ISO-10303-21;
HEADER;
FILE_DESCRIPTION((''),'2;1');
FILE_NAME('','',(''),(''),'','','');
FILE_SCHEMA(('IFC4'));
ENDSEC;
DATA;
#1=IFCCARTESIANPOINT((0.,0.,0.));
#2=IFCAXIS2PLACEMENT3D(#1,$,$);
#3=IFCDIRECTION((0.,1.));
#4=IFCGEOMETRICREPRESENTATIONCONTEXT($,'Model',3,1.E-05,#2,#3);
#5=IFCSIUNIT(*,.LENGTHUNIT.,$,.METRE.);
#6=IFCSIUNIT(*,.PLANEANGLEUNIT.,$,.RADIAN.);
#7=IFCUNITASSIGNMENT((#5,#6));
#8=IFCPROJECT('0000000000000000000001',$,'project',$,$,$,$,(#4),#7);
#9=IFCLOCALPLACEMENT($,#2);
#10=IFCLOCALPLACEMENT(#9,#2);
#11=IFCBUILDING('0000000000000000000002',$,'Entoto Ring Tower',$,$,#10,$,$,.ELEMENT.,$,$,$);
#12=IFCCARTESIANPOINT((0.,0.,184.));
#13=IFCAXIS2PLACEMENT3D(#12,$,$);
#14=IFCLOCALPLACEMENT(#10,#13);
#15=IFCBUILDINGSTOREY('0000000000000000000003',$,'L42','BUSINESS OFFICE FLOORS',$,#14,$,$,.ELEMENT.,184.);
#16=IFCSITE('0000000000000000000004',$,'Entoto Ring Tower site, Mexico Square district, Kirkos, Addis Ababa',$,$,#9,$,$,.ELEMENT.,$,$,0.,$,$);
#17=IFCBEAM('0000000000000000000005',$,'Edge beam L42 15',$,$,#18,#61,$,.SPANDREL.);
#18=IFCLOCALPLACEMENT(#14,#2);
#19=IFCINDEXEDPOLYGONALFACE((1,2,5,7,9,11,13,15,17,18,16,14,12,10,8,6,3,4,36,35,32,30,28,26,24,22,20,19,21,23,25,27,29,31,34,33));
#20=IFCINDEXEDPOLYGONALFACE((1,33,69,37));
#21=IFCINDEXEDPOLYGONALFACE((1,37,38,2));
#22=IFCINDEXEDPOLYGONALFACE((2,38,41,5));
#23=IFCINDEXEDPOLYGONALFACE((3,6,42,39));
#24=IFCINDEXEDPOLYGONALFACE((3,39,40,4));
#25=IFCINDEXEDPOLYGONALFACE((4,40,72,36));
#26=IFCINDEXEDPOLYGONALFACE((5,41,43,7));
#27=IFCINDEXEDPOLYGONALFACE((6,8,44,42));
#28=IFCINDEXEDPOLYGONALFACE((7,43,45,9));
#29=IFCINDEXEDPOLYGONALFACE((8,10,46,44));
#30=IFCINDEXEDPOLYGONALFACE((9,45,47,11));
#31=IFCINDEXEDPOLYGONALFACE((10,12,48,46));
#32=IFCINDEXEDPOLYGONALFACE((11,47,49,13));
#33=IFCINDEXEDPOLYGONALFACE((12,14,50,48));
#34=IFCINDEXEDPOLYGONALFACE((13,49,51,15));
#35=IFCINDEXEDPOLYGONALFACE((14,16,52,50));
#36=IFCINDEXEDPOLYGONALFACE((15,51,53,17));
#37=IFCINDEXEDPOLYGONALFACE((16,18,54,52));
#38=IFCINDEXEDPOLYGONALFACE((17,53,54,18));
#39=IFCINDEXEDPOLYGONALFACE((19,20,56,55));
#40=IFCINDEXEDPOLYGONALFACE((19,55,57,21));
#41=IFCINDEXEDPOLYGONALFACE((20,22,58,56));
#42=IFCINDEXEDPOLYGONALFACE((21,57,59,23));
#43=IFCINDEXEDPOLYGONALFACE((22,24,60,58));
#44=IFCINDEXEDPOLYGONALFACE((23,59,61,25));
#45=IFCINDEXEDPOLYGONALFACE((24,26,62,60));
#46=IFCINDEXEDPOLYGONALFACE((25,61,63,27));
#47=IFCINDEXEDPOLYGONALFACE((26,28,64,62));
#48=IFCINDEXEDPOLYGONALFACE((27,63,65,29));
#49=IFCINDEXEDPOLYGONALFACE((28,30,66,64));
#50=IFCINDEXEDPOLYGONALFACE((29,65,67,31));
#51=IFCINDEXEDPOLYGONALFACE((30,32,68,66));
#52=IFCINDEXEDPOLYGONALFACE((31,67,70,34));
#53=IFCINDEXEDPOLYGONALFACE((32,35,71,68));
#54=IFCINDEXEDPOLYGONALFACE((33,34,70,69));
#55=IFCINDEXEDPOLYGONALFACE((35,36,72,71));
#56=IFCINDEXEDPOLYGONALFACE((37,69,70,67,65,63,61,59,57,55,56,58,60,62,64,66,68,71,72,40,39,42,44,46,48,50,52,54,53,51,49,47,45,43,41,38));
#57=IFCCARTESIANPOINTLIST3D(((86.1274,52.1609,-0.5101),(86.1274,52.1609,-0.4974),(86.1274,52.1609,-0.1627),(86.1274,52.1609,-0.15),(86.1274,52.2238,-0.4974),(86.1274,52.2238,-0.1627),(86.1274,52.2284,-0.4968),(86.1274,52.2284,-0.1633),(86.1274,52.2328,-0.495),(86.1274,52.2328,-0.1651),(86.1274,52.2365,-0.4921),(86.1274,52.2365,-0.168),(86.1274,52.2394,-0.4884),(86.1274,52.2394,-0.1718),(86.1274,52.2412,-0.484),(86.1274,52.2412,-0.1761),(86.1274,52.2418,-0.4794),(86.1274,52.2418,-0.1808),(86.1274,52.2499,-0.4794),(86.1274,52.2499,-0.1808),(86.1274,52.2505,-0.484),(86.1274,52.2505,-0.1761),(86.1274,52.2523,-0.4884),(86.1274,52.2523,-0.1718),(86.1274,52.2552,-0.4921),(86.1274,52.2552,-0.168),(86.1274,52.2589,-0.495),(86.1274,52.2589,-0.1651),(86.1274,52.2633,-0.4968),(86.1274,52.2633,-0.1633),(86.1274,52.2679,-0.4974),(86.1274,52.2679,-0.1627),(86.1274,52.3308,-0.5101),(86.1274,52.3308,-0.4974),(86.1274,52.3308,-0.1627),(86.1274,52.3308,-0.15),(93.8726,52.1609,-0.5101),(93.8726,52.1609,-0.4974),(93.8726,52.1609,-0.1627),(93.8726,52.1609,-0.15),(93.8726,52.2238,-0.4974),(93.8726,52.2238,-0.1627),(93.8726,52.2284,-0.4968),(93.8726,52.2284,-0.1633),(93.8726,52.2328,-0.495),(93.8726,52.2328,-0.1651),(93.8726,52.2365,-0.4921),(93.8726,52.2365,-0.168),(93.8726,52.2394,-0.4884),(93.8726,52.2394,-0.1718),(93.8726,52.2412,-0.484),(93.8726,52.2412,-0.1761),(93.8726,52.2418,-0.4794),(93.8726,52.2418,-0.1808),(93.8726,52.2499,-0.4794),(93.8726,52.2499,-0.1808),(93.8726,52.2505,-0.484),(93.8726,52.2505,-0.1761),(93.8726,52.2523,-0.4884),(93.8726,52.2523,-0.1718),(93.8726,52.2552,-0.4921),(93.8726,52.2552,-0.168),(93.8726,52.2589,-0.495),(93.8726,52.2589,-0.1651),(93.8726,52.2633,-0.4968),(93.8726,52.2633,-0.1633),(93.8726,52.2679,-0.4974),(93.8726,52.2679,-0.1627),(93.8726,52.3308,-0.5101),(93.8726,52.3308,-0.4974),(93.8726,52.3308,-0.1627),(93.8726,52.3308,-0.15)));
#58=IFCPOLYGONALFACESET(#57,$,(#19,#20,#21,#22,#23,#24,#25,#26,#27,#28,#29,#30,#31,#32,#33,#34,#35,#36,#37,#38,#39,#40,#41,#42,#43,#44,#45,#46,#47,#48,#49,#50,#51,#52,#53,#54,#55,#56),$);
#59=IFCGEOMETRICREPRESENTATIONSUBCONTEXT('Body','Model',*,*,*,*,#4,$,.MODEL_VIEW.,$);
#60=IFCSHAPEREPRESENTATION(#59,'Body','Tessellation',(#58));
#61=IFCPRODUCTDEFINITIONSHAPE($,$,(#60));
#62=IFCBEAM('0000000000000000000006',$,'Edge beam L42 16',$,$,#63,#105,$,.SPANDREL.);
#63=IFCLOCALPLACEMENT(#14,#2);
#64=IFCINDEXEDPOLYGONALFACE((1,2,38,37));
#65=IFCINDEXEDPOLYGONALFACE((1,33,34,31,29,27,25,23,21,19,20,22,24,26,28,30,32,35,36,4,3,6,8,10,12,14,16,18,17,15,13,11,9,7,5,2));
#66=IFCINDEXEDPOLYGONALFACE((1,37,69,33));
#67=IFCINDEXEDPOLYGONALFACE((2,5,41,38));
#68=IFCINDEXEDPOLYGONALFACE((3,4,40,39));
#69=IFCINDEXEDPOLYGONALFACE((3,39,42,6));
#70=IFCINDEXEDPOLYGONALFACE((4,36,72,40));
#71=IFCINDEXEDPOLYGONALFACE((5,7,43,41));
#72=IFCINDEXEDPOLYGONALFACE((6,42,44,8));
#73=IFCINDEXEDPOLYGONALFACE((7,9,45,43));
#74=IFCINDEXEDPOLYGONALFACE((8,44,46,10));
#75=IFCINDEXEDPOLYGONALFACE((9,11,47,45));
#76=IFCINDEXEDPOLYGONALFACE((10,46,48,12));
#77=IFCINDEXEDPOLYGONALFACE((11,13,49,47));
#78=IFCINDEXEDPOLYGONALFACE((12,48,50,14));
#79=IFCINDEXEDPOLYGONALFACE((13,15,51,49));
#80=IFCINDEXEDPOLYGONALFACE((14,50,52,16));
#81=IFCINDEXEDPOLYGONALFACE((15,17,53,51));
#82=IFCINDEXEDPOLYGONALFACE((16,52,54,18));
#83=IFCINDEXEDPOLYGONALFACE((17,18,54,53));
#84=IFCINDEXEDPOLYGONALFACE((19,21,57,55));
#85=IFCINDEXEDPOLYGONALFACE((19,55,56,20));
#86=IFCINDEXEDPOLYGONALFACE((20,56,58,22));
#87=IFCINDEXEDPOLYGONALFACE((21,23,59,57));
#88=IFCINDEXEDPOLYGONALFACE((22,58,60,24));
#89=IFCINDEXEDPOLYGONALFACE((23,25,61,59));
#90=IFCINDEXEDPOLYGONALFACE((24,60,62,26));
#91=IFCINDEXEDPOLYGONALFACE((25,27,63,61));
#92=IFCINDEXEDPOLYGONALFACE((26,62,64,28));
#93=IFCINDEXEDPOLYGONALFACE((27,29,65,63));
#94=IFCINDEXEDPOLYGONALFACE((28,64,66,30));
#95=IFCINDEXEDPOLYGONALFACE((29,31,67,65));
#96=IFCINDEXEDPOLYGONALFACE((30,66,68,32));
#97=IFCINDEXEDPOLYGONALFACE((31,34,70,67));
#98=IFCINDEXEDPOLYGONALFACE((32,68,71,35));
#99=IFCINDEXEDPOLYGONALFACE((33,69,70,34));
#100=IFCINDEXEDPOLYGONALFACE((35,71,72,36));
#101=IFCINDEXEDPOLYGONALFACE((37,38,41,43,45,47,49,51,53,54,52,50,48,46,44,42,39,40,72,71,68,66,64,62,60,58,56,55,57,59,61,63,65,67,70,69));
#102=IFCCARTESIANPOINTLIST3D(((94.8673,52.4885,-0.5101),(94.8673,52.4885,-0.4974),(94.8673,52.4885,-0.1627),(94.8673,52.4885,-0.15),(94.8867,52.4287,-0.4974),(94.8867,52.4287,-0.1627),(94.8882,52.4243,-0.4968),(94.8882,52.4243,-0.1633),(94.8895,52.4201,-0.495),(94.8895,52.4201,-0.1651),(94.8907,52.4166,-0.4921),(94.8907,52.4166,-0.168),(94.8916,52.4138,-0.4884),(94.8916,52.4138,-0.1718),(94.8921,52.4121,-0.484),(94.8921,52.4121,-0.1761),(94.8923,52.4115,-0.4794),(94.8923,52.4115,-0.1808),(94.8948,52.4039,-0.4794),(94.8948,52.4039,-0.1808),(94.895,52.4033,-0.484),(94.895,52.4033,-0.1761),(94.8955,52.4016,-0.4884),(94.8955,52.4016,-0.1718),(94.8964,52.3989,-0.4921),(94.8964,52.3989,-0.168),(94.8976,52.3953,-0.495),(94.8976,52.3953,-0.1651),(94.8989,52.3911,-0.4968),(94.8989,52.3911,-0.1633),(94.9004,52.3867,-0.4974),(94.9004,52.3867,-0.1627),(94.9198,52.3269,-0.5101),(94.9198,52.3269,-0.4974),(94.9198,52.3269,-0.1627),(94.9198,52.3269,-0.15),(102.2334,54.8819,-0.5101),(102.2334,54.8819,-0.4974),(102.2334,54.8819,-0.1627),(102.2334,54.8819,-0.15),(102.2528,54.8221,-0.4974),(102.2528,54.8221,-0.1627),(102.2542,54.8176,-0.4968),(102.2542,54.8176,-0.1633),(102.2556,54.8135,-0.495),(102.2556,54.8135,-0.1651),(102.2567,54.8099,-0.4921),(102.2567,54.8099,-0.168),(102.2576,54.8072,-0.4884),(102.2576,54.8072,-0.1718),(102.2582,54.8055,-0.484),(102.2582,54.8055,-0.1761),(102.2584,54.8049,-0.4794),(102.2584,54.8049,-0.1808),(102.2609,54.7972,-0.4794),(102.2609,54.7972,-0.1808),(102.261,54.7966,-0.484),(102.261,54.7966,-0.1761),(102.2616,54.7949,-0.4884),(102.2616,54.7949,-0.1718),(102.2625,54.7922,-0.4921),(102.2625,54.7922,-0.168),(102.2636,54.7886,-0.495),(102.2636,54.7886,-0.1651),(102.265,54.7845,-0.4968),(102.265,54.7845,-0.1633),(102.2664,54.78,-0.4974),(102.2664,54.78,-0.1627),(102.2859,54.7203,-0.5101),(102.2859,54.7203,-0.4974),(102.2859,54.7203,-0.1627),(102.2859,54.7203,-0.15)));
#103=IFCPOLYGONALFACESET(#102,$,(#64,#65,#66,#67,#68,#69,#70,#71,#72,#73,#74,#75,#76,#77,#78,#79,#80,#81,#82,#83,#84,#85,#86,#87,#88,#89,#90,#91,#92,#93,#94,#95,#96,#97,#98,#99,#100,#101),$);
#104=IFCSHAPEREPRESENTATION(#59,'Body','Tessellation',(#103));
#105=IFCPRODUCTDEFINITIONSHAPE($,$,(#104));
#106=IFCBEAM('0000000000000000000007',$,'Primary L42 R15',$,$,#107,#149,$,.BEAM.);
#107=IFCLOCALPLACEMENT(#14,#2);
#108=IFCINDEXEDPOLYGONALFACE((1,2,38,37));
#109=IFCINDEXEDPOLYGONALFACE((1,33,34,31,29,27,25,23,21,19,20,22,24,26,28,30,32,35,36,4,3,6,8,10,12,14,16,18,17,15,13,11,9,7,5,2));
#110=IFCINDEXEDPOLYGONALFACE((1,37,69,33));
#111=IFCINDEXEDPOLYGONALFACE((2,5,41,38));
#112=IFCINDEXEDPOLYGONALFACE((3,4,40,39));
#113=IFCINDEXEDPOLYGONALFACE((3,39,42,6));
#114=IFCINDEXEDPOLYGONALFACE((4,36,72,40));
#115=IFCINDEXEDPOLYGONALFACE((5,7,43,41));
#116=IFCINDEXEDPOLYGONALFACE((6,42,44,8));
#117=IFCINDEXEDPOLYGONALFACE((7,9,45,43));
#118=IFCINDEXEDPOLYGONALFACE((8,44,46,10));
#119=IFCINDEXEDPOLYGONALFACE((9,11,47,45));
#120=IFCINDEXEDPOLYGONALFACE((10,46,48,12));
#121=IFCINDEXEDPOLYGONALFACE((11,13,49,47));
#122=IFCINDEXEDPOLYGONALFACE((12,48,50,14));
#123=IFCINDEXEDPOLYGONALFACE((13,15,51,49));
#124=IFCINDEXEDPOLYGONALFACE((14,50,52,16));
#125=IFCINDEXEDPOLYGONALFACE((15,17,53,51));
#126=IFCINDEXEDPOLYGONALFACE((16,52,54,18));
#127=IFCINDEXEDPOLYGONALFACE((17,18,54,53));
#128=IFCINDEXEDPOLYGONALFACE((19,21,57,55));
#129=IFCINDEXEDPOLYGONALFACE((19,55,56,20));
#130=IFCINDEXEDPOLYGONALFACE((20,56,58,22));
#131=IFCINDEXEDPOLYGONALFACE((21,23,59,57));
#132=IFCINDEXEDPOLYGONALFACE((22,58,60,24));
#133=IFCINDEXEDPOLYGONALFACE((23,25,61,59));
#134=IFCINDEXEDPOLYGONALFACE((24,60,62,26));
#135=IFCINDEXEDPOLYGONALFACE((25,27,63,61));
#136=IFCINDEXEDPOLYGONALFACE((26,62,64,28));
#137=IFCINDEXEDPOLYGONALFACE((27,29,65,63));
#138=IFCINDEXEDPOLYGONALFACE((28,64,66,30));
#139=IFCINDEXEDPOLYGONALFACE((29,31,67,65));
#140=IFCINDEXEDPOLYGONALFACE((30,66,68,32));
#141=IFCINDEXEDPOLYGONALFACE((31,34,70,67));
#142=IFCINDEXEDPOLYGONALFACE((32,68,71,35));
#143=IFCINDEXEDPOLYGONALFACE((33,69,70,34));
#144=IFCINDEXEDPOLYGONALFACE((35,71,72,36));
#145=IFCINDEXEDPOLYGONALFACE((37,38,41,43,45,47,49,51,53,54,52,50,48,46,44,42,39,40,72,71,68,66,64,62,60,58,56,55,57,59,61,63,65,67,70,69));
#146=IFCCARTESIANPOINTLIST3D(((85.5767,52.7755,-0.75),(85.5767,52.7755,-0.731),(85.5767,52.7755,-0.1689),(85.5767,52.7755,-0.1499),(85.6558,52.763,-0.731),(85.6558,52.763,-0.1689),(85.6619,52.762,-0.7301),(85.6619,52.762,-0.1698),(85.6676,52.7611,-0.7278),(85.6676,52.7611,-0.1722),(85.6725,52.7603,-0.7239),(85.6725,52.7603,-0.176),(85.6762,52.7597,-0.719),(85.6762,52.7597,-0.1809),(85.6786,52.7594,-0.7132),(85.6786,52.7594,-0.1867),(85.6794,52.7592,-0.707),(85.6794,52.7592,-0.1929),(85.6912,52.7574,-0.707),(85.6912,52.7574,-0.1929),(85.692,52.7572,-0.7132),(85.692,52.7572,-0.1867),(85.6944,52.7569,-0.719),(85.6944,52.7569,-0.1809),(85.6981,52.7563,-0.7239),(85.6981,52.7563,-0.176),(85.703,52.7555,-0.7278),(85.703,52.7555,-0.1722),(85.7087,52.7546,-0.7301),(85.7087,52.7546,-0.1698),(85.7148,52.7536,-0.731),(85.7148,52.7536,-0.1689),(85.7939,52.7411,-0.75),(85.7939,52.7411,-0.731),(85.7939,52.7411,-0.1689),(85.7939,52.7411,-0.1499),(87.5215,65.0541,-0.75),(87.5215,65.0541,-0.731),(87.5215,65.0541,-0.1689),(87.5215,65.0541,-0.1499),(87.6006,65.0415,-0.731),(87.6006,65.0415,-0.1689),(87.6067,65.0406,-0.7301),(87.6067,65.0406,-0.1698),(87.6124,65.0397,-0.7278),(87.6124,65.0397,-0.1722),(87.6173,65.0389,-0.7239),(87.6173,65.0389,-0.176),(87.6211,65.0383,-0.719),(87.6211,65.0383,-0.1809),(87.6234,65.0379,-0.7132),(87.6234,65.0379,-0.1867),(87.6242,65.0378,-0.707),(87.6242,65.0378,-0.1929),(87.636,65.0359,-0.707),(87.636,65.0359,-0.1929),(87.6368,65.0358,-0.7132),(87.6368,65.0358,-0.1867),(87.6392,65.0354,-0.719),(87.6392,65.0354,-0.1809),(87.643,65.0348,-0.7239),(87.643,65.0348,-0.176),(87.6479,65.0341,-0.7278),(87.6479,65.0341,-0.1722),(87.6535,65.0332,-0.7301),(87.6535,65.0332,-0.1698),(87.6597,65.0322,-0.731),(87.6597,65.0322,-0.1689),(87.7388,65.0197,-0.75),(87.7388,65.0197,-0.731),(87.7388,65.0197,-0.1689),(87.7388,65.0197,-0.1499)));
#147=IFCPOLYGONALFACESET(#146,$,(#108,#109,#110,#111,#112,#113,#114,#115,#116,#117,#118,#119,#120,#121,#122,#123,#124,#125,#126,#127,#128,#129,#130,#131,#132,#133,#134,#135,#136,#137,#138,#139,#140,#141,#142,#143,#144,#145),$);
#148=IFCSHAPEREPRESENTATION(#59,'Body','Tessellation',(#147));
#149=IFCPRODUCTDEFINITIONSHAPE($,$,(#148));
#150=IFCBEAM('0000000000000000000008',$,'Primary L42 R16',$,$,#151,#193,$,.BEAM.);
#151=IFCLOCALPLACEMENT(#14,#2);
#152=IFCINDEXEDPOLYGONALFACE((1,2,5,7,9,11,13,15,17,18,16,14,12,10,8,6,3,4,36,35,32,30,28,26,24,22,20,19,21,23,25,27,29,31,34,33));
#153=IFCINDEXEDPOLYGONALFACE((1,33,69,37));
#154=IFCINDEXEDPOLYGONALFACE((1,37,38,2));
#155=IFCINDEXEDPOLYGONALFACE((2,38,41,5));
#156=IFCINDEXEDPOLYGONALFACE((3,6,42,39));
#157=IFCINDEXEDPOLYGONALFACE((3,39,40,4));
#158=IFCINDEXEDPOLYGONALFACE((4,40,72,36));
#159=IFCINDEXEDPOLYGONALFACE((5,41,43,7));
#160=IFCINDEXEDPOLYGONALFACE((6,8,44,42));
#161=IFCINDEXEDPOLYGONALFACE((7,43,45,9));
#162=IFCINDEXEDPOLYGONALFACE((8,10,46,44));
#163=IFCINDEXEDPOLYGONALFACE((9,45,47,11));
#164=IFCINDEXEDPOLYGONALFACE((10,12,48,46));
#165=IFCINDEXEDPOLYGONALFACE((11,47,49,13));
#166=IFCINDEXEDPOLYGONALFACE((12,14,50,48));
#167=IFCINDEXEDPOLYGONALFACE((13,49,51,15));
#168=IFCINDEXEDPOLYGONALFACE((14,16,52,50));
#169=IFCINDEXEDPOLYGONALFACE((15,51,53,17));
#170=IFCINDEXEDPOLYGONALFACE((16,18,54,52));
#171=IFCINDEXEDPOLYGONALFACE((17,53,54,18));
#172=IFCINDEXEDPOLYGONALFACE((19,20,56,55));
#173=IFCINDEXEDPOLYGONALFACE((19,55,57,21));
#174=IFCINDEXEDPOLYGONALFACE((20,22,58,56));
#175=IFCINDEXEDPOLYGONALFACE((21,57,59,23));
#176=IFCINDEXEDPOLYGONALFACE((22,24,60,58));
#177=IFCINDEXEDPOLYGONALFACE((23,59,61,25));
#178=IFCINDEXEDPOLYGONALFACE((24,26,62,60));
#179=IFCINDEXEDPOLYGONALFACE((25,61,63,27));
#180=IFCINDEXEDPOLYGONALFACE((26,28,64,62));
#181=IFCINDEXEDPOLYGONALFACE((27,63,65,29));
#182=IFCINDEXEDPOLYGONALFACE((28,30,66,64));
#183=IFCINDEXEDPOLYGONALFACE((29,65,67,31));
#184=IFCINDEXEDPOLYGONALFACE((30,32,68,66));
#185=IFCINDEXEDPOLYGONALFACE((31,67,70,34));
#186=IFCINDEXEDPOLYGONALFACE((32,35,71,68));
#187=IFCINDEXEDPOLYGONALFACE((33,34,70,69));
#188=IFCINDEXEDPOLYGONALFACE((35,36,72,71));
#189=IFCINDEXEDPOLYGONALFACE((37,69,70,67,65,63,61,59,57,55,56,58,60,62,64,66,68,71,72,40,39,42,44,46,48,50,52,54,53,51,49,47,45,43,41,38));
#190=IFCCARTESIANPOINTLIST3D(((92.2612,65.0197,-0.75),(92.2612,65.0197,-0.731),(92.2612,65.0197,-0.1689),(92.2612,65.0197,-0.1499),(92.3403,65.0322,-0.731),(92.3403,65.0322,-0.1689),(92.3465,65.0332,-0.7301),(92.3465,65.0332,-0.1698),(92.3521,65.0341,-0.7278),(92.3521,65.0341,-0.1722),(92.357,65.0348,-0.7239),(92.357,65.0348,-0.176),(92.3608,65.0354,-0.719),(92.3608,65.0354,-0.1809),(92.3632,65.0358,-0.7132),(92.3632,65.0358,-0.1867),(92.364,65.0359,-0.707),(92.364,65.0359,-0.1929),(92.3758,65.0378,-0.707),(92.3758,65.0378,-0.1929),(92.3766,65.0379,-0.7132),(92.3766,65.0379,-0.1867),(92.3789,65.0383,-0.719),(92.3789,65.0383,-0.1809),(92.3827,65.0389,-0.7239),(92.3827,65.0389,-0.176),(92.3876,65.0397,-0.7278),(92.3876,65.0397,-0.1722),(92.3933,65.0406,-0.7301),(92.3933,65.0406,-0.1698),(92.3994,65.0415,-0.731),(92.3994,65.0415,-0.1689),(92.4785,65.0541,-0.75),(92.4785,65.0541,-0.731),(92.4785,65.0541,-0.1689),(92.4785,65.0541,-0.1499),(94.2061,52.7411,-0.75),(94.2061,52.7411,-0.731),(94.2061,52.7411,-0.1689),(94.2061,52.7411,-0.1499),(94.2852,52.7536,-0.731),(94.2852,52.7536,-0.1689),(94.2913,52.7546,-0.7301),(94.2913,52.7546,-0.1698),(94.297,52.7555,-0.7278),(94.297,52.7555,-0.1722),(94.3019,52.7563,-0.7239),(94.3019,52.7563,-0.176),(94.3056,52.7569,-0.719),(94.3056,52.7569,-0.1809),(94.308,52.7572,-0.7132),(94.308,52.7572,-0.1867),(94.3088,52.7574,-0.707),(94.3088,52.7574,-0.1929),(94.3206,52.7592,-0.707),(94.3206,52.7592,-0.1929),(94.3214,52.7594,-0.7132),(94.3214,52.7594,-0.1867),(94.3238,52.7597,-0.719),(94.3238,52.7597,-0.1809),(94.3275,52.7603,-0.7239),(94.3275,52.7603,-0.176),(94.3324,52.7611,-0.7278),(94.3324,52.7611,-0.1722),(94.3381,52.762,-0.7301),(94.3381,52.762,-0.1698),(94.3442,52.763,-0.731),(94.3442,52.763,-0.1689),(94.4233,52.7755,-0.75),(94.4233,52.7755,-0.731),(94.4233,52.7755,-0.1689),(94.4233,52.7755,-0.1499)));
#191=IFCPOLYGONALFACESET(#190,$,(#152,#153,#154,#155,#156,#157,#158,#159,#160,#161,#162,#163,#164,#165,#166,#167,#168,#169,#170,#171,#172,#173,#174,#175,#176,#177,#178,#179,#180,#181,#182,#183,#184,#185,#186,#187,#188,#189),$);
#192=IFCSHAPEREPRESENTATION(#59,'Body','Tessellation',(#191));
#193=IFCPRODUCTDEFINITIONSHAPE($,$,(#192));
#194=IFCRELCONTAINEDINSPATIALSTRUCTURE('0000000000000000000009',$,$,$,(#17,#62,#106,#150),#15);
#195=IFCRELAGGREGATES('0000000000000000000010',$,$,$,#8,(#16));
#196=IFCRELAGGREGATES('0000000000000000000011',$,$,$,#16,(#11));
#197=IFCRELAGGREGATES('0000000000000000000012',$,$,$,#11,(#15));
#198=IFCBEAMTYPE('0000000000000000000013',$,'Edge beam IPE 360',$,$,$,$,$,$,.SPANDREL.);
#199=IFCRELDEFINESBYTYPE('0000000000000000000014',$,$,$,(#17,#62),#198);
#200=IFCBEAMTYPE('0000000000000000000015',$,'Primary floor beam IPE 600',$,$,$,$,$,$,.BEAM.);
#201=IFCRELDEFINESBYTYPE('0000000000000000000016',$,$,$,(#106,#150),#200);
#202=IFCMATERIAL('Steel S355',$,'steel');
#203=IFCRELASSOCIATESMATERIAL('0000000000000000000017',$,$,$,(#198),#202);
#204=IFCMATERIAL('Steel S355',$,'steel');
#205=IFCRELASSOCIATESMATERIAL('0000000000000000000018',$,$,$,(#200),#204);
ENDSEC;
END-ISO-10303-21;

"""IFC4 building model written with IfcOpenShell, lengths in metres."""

from ifc_helpers import new_model, si_unit, direction, frame, origin, origin_2d, place, context, subcontext, project, spatial, i_section, extrude, material, material_profile, profile_set, type_object, element, save


model = new_model("IFC4")

# Units and contexts
model_context = context("Model", 3, precision=1e-05, world=origin(), true_north=direction((0.0, 1.0)))
body_context = subcontext(model_context, "Body", "Model", "MODEL_VIEW")
ifc_project = project(units=[si_unit("LENGTHUNIT", "METRE"), si_unit("PLANEANGLEUNIT", "RADIAN")], contexts=[model_context])

# Site, building, storey
site_placement = place(None, origin())
site = spatial("IfcSite", under=ifc_project, at=site_placement, Name="Entoto Ring Tower site, Mexico Square district, Kirkos, Addis Ababa", CompositionType="ELEMENT", RefElevation=0.0)
building_placement = place(site_placement, origin())
building = spatial("IfcBuilding", under=site, at=building_placement, Name="Entoto Ring Tower", CompositionType="ELEMENT")
storey_placement = place(building_placement, frame((0.0, 0.0, 184.0)))
storey = spatial("IfcBuildingStorey", under=building, at=storey_placement, Name="L42", Description="BUSINESS OFFICE FLOORS", CompositionType="ELEMENT", Elevation=184.0)

# Beams
ifc_material_1 = material(Name="Steel S355", Category="steel")
ifc_material_profile_1 = material_profile(ifc_material_1, i_section(OverallWidth=0.1699, OverallDepth=0.3601, WebThickness=0.0081, FlangeThickness=0.0127, FilletRadius=0.0181, at=origin_2d()), Name="IPE 360")
ifc_profile_set_1 = profile_set([ifc_material_profile_1], Name="Steel S355")
beam_type_1 = type_object("IfcBeamType", Name="Edge beam IPE 360", PredefinedType="SPANDREL", material=ifc_profile_set_1)
for number, where, z_axis, x_axis, name in (
    (1, (86.1274, 52.2458, -0.3301), (1.0, 0.0, 0.0), (0.0, 1.0, 0.0), "Edge beam L42 15"),
    (2, (94.8936, 52.4077, -0.3301), (0.951058, 0.309013, 0.0), (-0.309013, 0.951058, 0.0), "Edge beam L42 16"),
):
    element("IfcBeam", number, at=place(storey_placement, frame(where, z_axis=z_axis, x_axis=x_axis)), inside=storey, type_object=beam_type_1, Name=name, PredefinedType="SPANDREL", context=body_context, shape_type="SweptSolid", body=[
        extrude(i_section(OverallWidth=0.1699, OverallDepth=0.3601, WebThickness=0.0081, FlangeThickness=0.0127, FilletRadius=0.0181, at=origin_2d()), origin(), (0.0, 0.0, 1.0), 7.7451),
    ])
ifc_material_2 = material(Name="Steel S355", Category="steel")
ifc_material_profile_2 = material_profile(ifc_material_2, i_section(OverallWidth=0.22, OverallDepth=0.6001, WebThickness=0.012, FlangeThickness=0.019, FilletRadius=0.0239, at=origin_2d()), Name="IPE 600")
ifc_profile_set_2 = profile_set([ifc_material_profile_2], Name="Steel S355")
beam_type_2 = type_object("IfcBeamType", Name="Primary floor beam IPE 600", PredefinedType="BEAM", material=ifc_profile_set_2)
for number, where, z_axis, x_axis, name in (
    (3, (87.6301, 65.0369, -0.45), (-0.156442, -0.987687, 0.0), (0.987687, -0.156442, 0.0), "Primary L42 R15"),
    (4, (92.3699, 65.0369, -0.45), (0.156442, -0.987687, 0.0), (0.987687, 0.156442, 0.0), "Primary L42 R16"),
):
    element("IfcBeam", number, at=place(storey_placement, frame(where, z_axis=z_axis, x_axis=x_axis)), inside=storey, type_object=beam_type_2, Name=name, PredefinedType="BEAM", context=body_context, shape_type="SweptSolid", body=[
        extrude(i_section(OverallWidth=0.22, OverallDepth=0.6001, WebThickness=0.012, FlangeThickness=0.019, FilletRadius=0.0239, at=origin_2d()), origin(), (0.0, 0.0, 1.0), 12.4316),
    ])

save(model, "model.ifc")
